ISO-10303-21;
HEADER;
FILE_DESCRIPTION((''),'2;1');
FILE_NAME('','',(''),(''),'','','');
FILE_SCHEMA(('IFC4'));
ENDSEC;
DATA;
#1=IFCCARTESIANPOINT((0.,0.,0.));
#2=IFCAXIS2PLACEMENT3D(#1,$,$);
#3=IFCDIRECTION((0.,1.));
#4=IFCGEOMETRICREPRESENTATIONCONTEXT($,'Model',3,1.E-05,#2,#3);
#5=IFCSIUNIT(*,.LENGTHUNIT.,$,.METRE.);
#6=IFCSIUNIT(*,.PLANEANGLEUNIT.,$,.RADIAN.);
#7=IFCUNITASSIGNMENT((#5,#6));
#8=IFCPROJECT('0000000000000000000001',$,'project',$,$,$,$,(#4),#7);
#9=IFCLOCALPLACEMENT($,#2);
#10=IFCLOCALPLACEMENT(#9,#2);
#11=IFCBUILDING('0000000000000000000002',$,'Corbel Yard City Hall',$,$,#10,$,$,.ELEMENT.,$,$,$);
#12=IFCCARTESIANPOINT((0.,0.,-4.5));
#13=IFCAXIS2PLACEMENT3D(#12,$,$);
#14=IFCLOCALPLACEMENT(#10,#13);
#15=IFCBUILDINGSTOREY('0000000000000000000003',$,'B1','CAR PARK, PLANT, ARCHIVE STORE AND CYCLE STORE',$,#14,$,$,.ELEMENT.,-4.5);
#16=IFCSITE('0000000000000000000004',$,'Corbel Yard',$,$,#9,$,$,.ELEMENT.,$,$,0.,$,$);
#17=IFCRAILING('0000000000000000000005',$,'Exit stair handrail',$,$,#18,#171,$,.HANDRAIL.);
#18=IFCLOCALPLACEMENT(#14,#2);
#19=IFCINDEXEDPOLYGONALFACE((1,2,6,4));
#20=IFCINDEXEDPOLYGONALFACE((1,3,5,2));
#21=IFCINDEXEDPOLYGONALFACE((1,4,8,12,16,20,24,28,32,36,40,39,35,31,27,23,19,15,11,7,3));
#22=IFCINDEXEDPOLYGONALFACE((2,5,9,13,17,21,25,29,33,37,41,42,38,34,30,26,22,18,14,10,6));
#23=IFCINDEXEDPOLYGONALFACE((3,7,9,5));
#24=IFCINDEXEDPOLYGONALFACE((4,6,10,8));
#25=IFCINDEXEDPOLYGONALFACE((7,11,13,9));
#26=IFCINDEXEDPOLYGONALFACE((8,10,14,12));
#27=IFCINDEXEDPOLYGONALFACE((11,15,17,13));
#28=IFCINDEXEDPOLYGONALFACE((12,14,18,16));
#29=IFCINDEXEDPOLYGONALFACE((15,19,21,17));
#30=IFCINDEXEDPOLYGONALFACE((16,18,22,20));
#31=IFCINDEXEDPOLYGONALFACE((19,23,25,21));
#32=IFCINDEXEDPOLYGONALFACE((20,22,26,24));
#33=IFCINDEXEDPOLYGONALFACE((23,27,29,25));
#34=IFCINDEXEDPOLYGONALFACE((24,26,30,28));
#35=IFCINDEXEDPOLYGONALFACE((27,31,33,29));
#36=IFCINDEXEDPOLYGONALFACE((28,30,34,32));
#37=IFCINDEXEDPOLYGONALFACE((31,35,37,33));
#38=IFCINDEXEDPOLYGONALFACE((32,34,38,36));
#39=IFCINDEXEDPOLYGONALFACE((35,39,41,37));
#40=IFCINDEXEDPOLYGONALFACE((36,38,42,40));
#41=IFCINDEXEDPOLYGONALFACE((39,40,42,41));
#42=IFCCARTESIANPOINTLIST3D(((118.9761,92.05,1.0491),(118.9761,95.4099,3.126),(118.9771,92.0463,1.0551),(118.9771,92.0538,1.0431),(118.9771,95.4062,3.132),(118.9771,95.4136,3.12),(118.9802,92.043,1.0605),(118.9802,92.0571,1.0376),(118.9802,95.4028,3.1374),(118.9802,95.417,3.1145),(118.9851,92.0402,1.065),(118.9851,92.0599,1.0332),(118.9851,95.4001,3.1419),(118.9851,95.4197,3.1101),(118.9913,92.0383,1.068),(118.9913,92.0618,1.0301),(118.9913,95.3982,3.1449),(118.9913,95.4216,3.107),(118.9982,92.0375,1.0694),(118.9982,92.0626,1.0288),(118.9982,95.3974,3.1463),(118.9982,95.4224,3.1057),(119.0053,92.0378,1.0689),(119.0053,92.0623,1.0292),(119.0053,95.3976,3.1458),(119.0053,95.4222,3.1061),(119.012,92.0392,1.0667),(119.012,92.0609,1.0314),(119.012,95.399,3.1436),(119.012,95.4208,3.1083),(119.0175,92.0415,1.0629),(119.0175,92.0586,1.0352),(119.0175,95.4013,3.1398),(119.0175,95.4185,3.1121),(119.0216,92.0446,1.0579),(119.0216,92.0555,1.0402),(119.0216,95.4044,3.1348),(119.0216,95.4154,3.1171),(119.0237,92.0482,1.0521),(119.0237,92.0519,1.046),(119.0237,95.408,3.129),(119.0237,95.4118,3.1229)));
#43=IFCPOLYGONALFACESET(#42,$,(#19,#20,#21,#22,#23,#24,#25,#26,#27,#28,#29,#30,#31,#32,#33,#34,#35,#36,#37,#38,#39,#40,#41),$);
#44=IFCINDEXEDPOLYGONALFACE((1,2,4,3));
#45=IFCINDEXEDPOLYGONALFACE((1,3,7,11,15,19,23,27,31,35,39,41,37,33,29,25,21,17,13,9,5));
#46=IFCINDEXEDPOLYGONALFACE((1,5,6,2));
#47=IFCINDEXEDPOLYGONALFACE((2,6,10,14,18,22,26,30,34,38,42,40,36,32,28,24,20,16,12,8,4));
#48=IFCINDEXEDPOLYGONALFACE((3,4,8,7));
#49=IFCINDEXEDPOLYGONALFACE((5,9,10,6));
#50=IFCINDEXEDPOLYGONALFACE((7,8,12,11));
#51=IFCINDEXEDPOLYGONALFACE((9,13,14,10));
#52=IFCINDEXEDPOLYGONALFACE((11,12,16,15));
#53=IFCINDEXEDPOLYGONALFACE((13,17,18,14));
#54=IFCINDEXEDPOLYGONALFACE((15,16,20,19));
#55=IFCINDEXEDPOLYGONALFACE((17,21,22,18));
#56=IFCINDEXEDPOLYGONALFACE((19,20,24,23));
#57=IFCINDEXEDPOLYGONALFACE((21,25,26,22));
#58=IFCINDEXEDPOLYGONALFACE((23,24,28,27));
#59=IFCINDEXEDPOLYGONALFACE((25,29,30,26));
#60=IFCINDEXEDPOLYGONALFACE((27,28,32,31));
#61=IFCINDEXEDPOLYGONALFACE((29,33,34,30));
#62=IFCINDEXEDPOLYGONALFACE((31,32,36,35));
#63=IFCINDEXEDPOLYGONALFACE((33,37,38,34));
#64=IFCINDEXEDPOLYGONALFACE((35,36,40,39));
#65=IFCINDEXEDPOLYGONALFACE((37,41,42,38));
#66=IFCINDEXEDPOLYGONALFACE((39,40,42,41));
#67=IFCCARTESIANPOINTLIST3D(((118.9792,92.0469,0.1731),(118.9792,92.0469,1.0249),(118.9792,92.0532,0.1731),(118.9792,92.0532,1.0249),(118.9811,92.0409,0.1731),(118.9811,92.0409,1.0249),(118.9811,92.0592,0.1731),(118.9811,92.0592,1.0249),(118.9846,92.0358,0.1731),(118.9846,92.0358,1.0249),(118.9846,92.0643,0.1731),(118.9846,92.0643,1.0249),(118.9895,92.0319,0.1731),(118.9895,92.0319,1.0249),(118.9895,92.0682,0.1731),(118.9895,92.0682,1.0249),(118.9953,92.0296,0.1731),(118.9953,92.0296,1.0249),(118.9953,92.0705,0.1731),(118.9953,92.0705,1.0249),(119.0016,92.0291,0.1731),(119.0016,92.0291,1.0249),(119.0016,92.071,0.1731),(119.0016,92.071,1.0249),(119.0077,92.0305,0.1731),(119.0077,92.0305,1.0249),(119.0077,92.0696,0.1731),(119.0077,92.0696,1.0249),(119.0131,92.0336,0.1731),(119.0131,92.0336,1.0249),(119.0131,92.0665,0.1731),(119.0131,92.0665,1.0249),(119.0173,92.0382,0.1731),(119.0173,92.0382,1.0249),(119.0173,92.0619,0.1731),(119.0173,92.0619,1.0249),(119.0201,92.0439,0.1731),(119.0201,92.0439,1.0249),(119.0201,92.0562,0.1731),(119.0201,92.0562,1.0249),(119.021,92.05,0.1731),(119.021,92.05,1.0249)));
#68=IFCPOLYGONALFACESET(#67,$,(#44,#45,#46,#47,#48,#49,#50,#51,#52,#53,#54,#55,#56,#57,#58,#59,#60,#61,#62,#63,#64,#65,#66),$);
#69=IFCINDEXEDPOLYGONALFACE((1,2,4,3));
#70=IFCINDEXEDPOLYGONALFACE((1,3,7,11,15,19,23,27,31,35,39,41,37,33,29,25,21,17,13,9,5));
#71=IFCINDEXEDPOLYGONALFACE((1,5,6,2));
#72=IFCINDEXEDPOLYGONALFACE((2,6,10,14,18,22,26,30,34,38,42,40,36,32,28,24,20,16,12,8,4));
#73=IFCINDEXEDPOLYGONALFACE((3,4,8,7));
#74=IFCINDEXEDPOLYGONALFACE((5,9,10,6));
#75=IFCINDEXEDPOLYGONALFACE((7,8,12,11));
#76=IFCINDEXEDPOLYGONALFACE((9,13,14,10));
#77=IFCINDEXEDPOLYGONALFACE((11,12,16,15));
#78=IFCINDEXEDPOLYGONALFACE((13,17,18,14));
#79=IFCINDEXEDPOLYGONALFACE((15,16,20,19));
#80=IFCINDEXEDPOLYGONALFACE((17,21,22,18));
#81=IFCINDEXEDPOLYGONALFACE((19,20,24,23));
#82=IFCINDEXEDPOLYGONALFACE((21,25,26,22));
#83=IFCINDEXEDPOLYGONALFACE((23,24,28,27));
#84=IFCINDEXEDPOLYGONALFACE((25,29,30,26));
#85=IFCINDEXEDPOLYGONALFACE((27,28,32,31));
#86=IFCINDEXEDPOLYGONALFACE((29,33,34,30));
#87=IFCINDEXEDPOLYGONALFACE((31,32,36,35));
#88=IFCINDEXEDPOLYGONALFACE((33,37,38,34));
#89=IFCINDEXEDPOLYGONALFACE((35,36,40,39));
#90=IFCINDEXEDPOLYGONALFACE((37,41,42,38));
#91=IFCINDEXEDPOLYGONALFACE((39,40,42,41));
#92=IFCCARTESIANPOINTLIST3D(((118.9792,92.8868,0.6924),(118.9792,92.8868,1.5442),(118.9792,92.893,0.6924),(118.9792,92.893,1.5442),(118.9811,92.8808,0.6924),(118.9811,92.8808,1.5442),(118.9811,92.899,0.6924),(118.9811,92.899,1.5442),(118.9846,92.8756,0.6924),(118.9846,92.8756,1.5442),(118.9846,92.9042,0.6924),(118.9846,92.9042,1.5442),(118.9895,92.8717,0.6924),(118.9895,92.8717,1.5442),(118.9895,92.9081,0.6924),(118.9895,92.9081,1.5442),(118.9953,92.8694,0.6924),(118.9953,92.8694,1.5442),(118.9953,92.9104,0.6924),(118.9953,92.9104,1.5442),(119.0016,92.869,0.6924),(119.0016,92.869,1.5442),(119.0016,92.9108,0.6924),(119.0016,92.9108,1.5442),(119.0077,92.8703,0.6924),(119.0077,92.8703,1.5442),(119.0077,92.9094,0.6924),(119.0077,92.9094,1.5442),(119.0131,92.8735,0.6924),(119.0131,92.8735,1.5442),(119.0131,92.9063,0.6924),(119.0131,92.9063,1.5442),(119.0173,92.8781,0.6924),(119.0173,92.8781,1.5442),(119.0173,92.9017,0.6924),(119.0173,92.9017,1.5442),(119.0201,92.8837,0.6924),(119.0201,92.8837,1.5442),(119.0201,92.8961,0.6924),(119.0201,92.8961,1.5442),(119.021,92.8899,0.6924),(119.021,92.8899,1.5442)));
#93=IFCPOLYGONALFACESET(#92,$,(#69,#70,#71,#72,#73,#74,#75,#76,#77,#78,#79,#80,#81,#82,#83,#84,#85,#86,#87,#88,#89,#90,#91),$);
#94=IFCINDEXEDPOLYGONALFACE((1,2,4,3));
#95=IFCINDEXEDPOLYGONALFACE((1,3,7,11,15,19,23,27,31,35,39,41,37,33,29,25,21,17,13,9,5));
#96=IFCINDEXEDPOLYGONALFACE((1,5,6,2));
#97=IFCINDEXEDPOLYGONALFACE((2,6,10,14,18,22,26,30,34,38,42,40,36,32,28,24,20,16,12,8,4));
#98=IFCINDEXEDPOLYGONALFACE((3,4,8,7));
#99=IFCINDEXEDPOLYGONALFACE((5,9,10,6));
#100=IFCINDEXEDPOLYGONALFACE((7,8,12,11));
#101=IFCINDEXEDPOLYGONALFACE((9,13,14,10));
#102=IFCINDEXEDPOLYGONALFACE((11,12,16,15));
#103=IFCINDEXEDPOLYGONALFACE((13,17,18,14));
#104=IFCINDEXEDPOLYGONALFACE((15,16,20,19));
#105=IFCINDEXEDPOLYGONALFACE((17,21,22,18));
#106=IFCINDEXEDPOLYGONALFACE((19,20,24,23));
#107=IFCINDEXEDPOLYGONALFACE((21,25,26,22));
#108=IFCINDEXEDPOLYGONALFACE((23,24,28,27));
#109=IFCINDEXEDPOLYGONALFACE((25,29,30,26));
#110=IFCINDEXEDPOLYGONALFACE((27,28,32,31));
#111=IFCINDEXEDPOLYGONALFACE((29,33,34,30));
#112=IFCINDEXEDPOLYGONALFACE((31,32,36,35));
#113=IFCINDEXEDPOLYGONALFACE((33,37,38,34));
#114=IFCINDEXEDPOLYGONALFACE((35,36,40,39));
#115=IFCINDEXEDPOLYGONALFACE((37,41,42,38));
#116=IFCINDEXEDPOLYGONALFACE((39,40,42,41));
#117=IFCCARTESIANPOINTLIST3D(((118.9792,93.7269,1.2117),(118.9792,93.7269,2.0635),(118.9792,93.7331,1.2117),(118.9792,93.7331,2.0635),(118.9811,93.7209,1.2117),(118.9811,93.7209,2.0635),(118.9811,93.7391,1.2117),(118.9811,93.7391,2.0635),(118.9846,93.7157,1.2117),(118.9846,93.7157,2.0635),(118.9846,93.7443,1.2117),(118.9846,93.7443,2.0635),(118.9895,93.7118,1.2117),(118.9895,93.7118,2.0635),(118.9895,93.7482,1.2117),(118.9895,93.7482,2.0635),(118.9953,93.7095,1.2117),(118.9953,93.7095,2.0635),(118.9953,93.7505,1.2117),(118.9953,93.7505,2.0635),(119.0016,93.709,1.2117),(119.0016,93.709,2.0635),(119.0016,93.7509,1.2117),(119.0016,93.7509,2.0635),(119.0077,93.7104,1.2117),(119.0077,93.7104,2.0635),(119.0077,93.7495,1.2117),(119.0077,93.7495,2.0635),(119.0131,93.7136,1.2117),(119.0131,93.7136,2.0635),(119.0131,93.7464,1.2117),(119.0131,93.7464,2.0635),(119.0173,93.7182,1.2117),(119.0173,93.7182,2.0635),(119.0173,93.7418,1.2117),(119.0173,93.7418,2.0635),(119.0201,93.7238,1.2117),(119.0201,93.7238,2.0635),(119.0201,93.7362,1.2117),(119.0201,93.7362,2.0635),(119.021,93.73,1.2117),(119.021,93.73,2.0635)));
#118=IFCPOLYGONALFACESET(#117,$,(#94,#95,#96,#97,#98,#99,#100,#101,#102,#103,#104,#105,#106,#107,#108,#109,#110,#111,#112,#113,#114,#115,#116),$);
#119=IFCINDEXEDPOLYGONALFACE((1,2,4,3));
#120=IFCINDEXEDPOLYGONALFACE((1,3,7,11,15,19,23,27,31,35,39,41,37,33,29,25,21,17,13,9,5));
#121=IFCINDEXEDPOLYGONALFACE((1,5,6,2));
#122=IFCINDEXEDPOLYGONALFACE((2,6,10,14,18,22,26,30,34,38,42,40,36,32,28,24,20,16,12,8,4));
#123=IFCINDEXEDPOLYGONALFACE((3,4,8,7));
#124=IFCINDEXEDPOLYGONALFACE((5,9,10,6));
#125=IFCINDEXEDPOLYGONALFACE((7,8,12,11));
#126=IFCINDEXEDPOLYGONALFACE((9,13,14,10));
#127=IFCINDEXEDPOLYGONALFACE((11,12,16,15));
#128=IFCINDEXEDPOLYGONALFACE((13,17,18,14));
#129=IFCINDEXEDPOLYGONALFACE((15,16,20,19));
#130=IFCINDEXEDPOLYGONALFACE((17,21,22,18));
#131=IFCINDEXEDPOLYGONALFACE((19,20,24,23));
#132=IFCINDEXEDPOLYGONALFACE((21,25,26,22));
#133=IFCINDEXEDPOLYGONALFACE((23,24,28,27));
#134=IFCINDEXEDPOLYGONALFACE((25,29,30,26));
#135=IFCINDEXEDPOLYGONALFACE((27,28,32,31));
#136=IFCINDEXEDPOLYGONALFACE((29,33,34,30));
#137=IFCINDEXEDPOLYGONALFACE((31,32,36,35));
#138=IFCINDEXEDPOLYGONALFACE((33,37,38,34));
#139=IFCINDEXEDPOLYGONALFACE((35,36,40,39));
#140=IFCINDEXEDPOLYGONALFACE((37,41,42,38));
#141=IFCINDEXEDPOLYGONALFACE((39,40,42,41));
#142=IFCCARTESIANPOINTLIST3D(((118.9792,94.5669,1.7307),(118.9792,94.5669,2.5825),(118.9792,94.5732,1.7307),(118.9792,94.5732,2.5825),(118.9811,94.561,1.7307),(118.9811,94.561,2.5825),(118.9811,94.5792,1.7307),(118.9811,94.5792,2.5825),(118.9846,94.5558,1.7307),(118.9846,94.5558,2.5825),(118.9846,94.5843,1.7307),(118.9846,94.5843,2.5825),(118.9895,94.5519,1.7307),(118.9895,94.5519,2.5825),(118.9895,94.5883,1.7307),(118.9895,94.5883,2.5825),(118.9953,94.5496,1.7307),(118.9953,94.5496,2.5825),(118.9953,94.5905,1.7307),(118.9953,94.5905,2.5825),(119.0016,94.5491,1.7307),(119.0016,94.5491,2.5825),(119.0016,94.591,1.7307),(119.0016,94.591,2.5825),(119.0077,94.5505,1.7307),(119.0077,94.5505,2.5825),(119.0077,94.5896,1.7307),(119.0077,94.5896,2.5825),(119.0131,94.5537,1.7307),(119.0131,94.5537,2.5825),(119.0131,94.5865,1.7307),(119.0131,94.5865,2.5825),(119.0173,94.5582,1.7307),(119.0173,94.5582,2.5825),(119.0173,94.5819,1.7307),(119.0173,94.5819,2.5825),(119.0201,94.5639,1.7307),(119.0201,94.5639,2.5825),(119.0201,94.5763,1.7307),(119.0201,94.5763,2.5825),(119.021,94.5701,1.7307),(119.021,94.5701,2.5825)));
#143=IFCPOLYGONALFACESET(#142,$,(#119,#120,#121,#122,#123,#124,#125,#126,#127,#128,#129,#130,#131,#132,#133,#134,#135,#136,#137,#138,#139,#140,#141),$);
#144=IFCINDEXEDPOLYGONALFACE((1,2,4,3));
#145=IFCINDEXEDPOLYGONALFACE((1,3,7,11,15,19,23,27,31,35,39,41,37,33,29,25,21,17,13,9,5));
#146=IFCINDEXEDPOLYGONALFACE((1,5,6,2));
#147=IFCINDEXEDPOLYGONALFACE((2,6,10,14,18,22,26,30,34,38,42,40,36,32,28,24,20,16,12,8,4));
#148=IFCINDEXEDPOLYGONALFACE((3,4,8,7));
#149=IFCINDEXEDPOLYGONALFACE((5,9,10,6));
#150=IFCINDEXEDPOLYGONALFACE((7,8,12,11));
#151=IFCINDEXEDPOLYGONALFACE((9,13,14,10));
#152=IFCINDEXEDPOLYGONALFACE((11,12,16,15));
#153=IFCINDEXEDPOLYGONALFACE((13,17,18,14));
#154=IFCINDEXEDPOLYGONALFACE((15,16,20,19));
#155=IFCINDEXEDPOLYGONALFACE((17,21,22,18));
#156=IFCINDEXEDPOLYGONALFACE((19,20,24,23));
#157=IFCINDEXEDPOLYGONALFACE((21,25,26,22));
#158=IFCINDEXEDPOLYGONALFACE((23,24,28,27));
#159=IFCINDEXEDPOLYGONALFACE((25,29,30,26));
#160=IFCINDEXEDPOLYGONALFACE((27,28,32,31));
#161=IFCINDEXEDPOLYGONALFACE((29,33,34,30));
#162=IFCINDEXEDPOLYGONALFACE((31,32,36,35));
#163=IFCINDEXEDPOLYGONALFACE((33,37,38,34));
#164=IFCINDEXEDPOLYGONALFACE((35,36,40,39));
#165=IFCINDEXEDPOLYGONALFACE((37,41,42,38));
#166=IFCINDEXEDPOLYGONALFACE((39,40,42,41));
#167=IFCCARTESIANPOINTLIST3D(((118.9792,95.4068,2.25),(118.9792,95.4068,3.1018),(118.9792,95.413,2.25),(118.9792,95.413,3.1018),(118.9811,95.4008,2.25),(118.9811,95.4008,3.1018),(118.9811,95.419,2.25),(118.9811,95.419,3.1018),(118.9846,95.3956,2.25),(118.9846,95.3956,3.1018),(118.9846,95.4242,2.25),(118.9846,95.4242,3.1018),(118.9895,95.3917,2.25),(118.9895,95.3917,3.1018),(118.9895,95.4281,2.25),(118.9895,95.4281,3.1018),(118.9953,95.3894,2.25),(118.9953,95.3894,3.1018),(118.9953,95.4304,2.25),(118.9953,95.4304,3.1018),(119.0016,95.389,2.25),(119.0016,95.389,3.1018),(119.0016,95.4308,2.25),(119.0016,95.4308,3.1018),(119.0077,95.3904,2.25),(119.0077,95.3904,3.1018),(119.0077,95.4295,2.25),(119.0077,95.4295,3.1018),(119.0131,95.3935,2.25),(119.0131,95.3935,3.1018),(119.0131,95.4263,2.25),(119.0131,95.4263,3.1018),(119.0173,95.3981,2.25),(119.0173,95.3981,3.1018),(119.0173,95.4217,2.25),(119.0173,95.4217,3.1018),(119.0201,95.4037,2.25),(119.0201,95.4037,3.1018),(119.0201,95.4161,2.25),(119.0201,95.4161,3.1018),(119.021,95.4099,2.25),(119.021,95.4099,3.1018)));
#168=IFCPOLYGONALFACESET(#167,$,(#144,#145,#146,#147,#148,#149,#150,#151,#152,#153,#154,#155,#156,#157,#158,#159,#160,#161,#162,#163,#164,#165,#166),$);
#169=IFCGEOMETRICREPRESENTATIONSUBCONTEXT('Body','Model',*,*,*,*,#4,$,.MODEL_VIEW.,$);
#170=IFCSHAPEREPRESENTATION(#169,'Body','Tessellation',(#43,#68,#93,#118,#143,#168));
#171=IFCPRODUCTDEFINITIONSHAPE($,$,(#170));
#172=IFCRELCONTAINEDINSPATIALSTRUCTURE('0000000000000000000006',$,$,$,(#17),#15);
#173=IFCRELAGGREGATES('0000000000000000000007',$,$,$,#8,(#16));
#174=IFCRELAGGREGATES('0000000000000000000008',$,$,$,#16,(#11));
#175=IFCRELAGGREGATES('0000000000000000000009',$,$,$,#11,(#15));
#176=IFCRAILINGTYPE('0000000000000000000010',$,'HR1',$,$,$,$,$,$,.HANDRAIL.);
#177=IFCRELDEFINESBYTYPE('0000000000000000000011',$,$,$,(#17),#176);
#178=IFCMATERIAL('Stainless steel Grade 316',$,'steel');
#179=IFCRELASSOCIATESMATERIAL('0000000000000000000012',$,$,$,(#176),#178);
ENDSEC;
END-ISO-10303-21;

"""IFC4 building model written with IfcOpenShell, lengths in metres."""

from ifc_helpers import new_model, si_unit, direction, frame, origin, origin_2d, place, context, subcontext, project, spatial, circle, extrude, material, type_object, element, save


model = new_model("IFC4")

# Units and contexts
model_context = context("Model", 3, precision=1e-05, world=origin(), true_north=direction((0.0, 1.0)))
body_context = subcontext(model_context, "Body", "Model", "MODEL_VIEW")
ifc_project = project(units=[si_unit("LENGTHUNIT", "METRE"), si_unit("PLANEANGLEUNIT", "RADIAN")], contexts=[model_context])

# Site, building, storey
site_placement = place(None, origin())
site = spatial("IfcSite", under=ifc_project, at=site_placement, Name="Corbel Yard", CompositionType="ELEMENT", RefElevation=0.0)
building_placement = place(site_placement, origin())
building = spatial("IfcBuilding", under=site, at=building_placement, Name="Corbel Yard City Hall", CompositionType="ELEMENT")
storey_placement = place(building_placement, frame((0.0, 0.0, -4.5)))
storey = spatial("IfcBuildingStorey", under=building, at=storey_placement, Name="B1", Description="CAR PARK, PLANT, ARCHIVE STORE AND CYCLE STORE", CompositionType="ELEMENT", Elevation=-4.5)

# Shared definitions
ifc_material_1 = material(Name="Stainless steel Grade 316", Category="steel")

# Railing
railing_type = type_object("IfcRailingType", Name="HR1", PredefinedType="HANDRAIL", material=ifc_material_1)
for number, where, name in (
    (1, (119.0, 92.05, 0.1731), "Exit stair handrail"),
):
    element("IfcRailing", number, at=place(storey_placement, frame(where)), inside=storey, type_object=railing_type, Name=name, PredefinedType="HANDRAIL", context=body_context, shape_type="SweptSolid", body=[
        extrude(circle(Radius=0.0239, at=origin_2d()), frame((0.0, 0.0, 0.876), z_axis=(0.0, 0.850606, 0.525803), x_axis=(-1.0, 0.0, 0.0)), (0.0, 0.0, 1.0), 3.95),
        extrude(circle(Radius=0.021, at=origin_2d()), origin(), (0.0, 0.0, 1.0), 0.8518),
        extrude(circle(Radius=0.021, at=origin_2d()), frame((0.0, 0.8398, 0.5193)), (0.0, 0.0, 1.0), 0.8518),
        extrude(circle(Radius=0.021, at=origin_2d()), frame((0.0, 1.6799, 1.0386)), (0.0, 0.0, 1.0), 0.8518),
        extrude(circle(Radius=0.021, at=origin_2d()), frame((0.0, 2.52, 1.5576)), (0.0, 0.0, 1.0), 0.8518),
        extrude(circle(Radius=0.021, at=origin_2d()), frame((0.0, 3.3599, 2.0769)), (0.0, 0.0, 1.0), 0.8518),
    ])

save(model, "model.ifc")
